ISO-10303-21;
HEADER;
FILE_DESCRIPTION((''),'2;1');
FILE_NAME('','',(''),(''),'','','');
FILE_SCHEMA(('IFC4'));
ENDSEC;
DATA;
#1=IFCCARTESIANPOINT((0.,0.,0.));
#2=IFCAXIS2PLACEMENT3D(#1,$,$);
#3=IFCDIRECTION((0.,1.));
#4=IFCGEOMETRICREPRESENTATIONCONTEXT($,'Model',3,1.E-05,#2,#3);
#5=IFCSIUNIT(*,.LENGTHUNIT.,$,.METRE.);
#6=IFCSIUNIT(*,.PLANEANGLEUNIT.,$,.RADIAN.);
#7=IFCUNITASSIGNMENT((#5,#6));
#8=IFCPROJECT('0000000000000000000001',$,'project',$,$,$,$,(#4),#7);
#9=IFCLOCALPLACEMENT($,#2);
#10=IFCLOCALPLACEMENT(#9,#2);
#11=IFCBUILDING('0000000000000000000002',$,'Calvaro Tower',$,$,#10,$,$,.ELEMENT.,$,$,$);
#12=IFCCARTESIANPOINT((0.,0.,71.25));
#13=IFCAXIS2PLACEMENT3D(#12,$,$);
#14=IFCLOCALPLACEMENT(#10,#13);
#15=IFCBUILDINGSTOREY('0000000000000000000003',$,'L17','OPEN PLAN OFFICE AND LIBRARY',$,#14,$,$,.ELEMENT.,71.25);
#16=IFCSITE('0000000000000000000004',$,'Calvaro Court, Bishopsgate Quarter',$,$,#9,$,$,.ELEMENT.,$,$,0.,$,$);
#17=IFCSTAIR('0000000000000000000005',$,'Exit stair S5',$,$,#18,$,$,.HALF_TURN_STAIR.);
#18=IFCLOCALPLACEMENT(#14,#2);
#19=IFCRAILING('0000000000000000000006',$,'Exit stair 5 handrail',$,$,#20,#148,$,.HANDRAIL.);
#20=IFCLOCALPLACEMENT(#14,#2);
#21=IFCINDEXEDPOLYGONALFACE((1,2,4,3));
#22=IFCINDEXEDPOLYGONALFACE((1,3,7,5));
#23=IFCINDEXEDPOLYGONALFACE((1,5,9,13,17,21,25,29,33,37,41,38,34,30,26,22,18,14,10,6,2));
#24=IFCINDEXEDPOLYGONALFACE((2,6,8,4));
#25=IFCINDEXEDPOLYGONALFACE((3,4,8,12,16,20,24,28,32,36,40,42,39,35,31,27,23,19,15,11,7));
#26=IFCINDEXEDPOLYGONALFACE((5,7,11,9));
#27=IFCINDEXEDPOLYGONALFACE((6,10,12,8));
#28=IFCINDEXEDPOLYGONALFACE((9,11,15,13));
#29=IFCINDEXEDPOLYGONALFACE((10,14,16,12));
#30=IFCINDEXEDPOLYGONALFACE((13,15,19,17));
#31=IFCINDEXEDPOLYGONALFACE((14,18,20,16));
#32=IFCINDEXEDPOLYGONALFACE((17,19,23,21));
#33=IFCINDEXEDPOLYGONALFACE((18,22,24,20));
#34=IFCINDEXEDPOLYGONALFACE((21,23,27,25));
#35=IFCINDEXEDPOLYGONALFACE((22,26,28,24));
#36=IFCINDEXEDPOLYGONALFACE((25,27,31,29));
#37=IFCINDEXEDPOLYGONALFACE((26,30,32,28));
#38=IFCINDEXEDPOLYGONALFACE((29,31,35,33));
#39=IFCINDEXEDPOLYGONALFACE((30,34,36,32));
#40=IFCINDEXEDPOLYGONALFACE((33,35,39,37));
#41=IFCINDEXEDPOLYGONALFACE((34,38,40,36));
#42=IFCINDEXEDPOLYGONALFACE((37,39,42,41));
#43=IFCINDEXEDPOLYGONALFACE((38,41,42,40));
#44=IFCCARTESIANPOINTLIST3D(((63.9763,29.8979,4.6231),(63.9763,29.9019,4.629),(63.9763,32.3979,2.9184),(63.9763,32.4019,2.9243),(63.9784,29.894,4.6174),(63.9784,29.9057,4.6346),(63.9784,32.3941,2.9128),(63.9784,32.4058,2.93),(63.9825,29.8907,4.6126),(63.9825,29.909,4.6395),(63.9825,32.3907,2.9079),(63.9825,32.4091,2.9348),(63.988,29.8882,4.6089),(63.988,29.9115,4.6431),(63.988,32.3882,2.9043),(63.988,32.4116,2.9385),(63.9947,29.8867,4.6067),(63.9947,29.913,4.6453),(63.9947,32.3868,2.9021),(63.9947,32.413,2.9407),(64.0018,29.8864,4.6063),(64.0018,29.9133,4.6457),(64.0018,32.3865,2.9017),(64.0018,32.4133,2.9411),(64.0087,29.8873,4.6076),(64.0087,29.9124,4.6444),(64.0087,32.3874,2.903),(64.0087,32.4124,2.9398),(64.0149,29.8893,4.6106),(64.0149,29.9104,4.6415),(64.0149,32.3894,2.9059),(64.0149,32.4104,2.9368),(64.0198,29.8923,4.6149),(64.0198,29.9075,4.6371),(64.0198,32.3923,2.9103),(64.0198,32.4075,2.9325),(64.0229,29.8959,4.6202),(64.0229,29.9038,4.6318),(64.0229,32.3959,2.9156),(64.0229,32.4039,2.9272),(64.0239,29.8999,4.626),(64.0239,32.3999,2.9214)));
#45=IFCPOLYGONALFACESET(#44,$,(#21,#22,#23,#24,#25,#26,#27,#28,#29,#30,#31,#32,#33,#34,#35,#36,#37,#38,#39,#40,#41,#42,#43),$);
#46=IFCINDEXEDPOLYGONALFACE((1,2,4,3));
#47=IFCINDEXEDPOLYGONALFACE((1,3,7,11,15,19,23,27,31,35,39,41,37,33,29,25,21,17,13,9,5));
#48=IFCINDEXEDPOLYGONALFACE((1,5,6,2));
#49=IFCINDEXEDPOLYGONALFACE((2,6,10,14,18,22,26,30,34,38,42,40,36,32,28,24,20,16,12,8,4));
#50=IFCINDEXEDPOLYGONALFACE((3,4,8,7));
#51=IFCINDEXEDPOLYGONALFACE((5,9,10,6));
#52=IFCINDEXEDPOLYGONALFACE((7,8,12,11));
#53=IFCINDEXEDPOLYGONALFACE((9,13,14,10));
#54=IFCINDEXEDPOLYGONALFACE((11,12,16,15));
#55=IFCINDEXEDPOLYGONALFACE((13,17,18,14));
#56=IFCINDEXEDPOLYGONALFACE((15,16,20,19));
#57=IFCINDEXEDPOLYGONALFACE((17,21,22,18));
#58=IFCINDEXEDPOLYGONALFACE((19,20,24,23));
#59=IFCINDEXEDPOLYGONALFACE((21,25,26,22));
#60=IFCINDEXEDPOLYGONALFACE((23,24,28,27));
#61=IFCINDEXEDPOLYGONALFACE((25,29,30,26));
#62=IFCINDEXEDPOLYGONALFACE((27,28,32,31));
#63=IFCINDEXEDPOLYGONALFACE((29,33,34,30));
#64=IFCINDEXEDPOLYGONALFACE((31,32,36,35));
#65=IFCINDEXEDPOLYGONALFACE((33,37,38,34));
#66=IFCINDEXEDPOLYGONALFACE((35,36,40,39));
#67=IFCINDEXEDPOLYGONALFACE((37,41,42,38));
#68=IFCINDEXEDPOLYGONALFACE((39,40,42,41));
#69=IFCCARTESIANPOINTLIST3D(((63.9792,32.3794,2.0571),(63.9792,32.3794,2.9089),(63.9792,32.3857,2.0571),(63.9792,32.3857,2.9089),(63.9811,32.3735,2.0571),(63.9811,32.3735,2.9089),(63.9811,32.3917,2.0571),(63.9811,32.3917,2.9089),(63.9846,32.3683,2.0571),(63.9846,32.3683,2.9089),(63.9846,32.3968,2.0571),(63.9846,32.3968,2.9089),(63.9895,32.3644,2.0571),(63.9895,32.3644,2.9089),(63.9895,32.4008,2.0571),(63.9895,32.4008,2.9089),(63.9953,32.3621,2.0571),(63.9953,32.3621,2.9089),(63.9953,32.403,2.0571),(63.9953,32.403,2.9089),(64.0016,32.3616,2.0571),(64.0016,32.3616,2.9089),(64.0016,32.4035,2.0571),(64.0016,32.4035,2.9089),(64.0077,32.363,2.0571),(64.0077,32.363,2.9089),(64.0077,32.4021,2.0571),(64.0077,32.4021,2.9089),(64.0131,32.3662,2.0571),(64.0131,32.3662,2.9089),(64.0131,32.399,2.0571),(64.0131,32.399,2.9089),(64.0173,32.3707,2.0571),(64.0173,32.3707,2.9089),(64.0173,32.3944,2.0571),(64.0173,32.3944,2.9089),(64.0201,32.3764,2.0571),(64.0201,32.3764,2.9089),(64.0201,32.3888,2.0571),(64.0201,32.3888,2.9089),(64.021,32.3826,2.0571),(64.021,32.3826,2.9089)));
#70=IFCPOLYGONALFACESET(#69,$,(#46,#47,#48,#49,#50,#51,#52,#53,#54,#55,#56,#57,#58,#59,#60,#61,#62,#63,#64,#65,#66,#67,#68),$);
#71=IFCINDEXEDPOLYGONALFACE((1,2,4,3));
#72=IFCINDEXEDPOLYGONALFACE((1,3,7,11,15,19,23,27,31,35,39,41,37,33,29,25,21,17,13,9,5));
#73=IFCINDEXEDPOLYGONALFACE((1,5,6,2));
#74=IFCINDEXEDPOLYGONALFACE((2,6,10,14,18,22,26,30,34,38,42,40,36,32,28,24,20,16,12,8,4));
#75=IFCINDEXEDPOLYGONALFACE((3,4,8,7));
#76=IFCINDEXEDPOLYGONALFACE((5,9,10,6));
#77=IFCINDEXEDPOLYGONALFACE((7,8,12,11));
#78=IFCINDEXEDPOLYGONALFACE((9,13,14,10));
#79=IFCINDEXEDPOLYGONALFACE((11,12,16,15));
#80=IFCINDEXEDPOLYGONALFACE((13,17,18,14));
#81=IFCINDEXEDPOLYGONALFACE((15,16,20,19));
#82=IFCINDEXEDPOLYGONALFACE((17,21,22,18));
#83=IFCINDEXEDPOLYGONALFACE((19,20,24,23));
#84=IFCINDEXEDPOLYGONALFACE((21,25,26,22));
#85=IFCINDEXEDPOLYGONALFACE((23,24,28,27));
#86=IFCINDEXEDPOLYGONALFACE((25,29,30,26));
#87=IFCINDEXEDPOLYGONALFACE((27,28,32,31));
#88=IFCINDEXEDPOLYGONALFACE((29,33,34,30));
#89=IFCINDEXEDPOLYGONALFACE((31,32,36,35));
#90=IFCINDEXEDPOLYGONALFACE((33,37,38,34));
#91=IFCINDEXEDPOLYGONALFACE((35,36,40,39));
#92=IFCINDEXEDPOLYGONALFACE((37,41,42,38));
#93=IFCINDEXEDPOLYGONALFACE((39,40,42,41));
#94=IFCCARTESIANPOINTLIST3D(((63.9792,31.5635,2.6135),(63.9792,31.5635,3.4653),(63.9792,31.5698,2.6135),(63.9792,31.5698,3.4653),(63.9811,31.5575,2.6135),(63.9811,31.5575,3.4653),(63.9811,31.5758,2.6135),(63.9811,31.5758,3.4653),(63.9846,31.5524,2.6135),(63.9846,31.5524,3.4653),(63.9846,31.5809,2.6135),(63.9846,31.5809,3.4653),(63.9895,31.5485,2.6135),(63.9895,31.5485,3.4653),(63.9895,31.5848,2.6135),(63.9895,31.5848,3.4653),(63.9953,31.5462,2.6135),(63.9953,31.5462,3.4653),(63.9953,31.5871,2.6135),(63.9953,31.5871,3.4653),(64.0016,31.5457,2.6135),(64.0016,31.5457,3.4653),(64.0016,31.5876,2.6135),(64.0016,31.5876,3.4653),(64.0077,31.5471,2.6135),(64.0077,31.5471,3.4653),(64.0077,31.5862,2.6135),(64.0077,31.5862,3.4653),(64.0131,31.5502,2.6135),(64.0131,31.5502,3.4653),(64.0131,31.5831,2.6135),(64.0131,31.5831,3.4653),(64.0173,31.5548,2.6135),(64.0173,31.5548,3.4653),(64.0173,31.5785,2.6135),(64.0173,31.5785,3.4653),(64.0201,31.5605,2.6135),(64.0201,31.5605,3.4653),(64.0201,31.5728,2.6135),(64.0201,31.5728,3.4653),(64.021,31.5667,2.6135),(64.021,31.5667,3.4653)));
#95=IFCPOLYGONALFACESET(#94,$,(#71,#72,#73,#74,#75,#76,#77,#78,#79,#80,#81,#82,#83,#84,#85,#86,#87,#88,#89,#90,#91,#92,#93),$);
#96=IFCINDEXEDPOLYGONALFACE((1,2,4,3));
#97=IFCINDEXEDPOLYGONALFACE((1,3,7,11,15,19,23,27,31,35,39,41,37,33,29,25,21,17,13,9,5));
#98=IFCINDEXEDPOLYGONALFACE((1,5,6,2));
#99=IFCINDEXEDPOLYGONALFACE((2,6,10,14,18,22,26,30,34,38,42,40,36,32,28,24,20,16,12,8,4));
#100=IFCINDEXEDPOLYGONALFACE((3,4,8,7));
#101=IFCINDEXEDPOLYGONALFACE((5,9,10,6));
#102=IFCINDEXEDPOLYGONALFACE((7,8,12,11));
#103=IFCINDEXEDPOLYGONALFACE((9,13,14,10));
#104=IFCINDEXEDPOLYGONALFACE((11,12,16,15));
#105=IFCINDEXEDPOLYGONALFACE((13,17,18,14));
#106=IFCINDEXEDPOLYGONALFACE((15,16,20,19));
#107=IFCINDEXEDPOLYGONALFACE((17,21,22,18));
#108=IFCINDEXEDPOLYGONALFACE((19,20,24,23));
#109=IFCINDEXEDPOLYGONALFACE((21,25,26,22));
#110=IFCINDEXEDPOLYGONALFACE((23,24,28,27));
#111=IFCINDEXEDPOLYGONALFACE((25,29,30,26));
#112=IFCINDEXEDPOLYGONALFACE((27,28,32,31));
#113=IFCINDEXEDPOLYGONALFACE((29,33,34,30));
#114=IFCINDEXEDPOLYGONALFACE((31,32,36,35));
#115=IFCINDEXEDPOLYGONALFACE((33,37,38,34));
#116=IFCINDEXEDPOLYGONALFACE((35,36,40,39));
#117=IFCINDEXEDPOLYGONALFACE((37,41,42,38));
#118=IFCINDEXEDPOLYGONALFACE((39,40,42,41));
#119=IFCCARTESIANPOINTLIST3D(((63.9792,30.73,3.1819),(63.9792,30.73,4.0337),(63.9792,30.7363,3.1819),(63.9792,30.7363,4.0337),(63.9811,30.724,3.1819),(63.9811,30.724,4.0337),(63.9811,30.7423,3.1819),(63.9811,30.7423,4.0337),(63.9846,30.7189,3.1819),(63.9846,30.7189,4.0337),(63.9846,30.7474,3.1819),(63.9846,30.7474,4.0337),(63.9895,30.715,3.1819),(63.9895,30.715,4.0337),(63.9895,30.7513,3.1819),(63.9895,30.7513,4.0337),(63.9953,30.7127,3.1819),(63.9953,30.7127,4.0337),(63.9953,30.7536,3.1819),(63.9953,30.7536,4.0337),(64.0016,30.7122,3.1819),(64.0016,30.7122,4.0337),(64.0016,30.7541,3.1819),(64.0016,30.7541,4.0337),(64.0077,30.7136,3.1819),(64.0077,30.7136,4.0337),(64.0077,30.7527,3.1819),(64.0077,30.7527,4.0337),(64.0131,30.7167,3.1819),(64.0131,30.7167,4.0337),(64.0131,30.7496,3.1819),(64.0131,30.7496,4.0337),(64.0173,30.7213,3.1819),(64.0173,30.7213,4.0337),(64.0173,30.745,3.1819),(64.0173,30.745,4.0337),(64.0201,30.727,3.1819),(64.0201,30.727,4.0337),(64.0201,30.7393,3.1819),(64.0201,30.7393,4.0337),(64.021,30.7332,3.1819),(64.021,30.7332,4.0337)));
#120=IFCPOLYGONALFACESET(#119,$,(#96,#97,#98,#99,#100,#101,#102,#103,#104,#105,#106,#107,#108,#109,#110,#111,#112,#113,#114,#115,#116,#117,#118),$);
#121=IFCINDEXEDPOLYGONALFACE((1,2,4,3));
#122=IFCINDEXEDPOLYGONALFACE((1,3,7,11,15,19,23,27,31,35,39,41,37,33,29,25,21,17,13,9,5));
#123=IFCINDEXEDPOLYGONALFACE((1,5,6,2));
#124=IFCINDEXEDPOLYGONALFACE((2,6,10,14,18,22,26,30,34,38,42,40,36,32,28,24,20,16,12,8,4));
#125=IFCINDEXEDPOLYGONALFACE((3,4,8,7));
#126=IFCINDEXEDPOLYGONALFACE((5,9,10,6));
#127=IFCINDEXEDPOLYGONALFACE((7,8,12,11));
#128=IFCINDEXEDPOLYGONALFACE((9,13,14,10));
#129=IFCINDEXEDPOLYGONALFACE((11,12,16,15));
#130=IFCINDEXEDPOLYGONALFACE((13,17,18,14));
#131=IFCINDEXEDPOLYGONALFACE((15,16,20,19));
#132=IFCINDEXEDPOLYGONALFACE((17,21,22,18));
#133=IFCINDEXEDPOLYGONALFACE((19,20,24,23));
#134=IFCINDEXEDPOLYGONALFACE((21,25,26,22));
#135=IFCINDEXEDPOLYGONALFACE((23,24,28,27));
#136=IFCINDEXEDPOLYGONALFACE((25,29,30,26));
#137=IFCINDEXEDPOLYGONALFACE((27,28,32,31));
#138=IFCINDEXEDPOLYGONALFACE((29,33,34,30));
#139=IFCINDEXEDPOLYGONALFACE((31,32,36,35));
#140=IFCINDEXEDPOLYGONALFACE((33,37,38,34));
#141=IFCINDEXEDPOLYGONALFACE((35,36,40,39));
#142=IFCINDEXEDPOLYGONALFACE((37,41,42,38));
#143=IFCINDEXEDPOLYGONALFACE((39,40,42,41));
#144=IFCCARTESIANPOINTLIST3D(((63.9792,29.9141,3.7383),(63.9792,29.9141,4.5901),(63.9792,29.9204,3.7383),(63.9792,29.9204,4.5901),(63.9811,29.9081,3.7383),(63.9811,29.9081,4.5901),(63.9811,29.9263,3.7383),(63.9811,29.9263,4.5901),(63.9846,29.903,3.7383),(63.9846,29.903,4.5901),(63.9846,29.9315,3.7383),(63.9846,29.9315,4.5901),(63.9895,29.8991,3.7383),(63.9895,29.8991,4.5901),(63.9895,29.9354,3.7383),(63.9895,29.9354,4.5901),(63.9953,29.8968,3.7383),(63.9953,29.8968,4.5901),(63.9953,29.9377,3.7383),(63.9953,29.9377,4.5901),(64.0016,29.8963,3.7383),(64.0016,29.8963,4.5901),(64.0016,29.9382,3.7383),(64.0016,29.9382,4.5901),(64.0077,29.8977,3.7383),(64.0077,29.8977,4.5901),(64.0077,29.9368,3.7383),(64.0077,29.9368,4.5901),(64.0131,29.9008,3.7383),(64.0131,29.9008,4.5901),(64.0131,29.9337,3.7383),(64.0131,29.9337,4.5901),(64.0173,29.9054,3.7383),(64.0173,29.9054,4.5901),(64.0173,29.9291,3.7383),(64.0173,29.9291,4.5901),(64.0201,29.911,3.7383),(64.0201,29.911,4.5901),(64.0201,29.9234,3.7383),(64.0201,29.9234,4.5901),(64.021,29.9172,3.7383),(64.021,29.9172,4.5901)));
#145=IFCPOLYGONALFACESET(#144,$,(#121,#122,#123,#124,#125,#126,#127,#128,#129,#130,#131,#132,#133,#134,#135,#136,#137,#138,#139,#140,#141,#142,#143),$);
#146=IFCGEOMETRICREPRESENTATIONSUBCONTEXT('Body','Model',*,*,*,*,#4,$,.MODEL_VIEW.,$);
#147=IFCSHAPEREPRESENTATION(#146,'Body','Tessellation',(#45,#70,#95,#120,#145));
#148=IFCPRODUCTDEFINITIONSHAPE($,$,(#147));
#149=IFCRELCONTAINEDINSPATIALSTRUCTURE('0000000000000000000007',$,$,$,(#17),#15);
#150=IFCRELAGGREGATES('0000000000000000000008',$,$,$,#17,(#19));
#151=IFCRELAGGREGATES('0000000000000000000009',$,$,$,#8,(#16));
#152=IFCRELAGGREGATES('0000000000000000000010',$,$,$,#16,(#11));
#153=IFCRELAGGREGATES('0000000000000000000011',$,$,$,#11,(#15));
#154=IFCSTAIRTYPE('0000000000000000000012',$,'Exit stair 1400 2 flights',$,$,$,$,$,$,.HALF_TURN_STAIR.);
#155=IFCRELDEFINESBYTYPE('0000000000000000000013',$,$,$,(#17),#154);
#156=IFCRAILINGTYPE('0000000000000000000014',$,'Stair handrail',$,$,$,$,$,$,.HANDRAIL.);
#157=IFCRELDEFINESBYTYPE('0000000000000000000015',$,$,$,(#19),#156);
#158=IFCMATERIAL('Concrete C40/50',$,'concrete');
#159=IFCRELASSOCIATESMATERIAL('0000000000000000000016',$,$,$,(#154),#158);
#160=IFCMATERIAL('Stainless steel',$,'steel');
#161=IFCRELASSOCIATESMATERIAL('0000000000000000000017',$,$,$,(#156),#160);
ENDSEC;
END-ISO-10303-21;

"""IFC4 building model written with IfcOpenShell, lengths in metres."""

from ifc_helpers import new_model, si_unit, direction, frame, origin, origin_2d, place, context, subcontext, project, spatial, circle, extrude, material, type_object, element, aggregate, save


model = new_model("IFC4")

# Units and contexts
model_context = context("Model", 3, precision=1e-05, world=origin(), true_north=direction((0.0, 1.0)))
body_context = subcontext(model_context, "Body", "Model", "MODEL_VIEW")
ifc_project = project(units=[si_unit("LENGTHUNIT", "METRE"), si_unit("PLANEANGLEUNIT", "RADIAN")], contexts=[model_context])

# Site, building, storey
site_placement = place(None, origin())
site = spatial("IfcSite", under=ifc_project, at=site_placement, Name="Calvaro Court, Bishopsgate Quarter", CompositionType="ELEMENT", RefElevation=0.0)
building_placement = place(site_placement, origin())
building = spatial("IfcBuilding", under=site, at=building_placement, Name="Calvaro Tower", CompositionType="ELEMENT")
storey_placement = place(building_placement, frame((0.0, 0.0, 71.25)))
storey = spatial("IfcBuildingStorey", under=building, at=storey_placement, Name="L17", Description="OPEN PLAN OFFICE AND LIBRARY", CompositionType="ELEMENT", Elevation=71.25)

# Stair
ifc_material_1 = material(Name="Concrete C40/50", Category="concrete")
stair_type = type_object("IfcStairType", Name="Exit stair 1400 2 flights", PredefinedType="HALF_TURN_STAIR", material=ifc_material_1)
stair_1_placement = place(storey_placement, origin())
stair_1 = element("IfcStair", 1, at=stair_1_placement, inside=storey, type_object=stair_type, Name="Exit stair S5", PredefinedType="HALF_TURN_STAIR")

# Shared definitions
ifc_material_2 = material(Name="Stainless steel", Category="steel")
railing_type = type_object("IfcRailingType", Name="Stair handrail", PredefinedType="HANDRAIL", material=ifc_material_2)

# Railing
railing_1_placement = place(storey_placement, frame((64.0, 32.3999, 2.0454)))
railing_1 = element("IfcRailing", 2, at=railing_1_placement, type_object=railing_type, Name="Exit stair 5 handrail", PredefinedType="HANDRAIL", context=body_context, shape_type="SweptSolid", body=[
    extrude(circle(Radius=0.0239, at=origin_2d()), frame((0.0, 0.0, 0.876), z_axis=(0.0, -0.826221, 0.563347), x_axis=(1.0, 0.0, 0.0)), (0.0, 0.0, 1.0), 3.0259),
    extrude(circle(Radius=0.021, at=origin_2d()), frame((0.0, -0.0173, 0.0117)), (0.0, 0.0, 1.0), 0.8518),
    extrude(circle(Radius=0.021, at=origin_2d()), frame((0.0, -0.8333, 0.5681)), (0.0, 0.0, 1.0), 0.8518),
    extrude(circle(Radius=0.021, at=origin_2d()), frame((0.0, -1.6667, 1.1365)), (0.0, 0.0, 1.0), 0.8518),
    extrude(circle(Radius=0.021, at=origin_2d()), frame((0.0, -2.4827, 1.6929)), (0.0, 0.0, 1.0), 0.8518),
])
aggregate(stair_1, [railing_1])

save(model, "model.ifc")
